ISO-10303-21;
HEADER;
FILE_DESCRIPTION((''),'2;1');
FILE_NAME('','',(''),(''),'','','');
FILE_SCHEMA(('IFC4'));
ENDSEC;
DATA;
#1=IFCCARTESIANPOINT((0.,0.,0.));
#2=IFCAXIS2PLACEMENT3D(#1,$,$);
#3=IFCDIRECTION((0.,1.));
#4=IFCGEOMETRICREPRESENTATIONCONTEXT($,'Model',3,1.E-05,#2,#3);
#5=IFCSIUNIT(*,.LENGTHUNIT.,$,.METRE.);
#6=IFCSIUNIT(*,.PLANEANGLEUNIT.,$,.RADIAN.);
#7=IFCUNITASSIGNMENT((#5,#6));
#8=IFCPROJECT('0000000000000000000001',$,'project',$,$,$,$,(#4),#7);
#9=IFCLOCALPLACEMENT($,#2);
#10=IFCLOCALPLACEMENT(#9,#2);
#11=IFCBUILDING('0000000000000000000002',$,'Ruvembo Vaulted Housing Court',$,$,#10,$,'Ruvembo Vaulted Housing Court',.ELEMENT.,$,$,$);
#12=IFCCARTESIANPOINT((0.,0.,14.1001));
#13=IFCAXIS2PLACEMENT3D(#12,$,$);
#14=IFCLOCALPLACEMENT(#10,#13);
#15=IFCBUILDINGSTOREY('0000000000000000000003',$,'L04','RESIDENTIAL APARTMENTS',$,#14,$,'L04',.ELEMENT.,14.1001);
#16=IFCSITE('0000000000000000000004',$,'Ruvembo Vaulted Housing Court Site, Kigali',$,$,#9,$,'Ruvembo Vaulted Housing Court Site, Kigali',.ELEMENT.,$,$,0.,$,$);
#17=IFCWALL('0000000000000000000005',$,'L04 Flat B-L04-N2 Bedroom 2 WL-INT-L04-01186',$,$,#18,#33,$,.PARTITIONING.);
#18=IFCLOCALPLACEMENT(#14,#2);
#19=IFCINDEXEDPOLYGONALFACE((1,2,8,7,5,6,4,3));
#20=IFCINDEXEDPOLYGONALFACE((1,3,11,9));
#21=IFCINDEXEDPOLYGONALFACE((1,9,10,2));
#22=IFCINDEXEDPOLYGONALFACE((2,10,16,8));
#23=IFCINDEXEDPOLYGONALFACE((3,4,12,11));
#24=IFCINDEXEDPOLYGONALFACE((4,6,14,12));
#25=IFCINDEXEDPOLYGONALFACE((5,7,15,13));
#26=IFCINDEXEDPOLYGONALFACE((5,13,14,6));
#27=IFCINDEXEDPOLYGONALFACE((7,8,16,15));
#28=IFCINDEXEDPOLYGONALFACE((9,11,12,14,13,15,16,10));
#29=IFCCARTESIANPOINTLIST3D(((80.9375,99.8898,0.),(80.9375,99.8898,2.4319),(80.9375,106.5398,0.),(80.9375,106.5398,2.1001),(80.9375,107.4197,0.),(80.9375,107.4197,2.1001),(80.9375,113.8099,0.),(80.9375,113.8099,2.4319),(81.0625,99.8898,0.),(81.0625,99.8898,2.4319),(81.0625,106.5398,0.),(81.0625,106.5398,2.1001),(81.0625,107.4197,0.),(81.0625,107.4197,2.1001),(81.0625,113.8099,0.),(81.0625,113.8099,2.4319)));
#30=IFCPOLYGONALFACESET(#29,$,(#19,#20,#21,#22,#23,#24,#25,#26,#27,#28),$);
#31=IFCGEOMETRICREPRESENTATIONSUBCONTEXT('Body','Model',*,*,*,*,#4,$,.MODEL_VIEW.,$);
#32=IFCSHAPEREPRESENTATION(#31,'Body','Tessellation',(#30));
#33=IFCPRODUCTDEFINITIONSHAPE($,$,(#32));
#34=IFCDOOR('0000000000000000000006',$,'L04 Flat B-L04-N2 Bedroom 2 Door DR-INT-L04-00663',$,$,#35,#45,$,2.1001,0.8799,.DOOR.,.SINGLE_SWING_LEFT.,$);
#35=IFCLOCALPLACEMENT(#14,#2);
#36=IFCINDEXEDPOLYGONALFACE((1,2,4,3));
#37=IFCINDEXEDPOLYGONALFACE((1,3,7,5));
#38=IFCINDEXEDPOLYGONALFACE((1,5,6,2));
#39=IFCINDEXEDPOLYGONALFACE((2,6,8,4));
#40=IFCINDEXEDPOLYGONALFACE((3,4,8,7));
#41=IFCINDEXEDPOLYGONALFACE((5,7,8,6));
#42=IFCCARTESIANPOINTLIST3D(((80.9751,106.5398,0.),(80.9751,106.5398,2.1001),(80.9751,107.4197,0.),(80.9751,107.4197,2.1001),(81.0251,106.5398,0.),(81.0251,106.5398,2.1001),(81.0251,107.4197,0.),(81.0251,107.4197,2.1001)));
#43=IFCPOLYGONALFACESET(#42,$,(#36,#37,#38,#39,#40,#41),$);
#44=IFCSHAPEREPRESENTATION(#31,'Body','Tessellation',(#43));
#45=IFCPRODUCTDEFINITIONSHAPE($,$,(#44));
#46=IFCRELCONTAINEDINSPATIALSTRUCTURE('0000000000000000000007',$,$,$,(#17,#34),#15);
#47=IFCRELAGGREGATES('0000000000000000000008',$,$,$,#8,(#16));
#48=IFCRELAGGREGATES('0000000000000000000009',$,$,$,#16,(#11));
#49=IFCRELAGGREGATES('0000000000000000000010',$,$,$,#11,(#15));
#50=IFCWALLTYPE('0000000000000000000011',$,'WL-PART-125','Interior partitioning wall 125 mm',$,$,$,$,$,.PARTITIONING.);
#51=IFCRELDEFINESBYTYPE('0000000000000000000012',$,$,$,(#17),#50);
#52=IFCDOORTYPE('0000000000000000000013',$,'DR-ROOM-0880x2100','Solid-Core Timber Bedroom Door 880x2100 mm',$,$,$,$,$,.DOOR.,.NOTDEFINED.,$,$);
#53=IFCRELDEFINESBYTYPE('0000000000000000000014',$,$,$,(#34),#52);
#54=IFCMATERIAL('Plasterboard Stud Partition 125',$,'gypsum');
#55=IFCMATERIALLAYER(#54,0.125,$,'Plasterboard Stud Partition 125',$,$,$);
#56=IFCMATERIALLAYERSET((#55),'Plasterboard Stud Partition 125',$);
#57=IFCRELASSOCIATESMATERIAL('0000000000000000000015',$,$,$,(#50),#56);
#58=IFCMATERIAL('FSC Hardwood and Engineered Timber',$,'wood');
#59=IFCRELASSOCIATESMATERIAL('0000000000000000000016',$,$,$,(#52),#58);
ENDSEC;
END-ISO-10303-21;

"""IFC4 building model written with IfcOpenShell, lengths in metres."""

from ifc_helpers import new_model, si_unit, direction, frame, frame_2d, origin, place, context, subcontext, project, spatial, rectangle, extrude, material, layer, layer_set, type_object, element, fill, save


model = new_model("IFC4")

# Units and contexts
model_context = context("Model", 3, precision=1e-05, world=origin(), true_north=direction((0.0, 1.0)))
body_context = subcontext(model_context, "Body", "Model", "MODEL_VIEW")
ifc_project = project(units=[si_unit("LENGTHUNIT", "METRE"), si_unit("PLANEANGLEUNIT", "RADIAN")], contexts=[model_context])

# Site, building, storey
site_placement = place(None, origin())
site = spatial("IfcSite", under=ifc_project, at=site_placement, Name="Ruvembo Vaulted Housing Court Site, Kigali", LongName="Ruvembo Vaulted Housing Court Site, Kigali", CompositionType="ELEMENT", RefElevation=0.0)
building_placement = place(site_placement, origin())
building = spatial("IfcBuilding", under=site, at=building_placement, Name="Ruvembo Vaulted Housing Court", LongName="Ruvembo Vaulted Housing Court", CompositionType="ELEMENT")
storey_placement = place(building_placement, frame((0.0, 0.0, 14.1001)))
storey = spatial("IfcBuildingStorey", under=building, at=storey_placement, Name="L04", Description="RESIDENTIAL APARTMENTS", LongName="L04", CompositionType="ELEMENT", Elevation=14.1001)

# Wall, opening, door
ifc_material_1 = material(Name="Plasterboard Stud Partition 125", Category="gypsum")
ifc_layer_1 = layer(ifc_material_1, 0.125, Name="Plasterboard Stud Partition 125")
ifc_layer_set_1 = layer_set([ifc_layer_1], Name="Plasterboard Stud Partition 125")
wall_type_1 = type_object("IfcWallType", Name="WL-PART-125", Description="Interior partitioning wall 125 mm", PredefinedType="PARTITIONING", material=ifc_layer_set_1)
wall_1_placement = place(storey_placement, frame((81.0, 99.8899, 0.0), z_axis=(0.0, 0.0, 1.0), x_axis=(0.0, 1.0, 0.0)))
wall_1 = element("IfcWall", 1, at=wall_1_placement, inside=storey, type_object=wall_type_1, Name="L04 Flat B-L04-N2 Bedroom 2 WL-INT-L04-01186", PredefinedType="PARTITIONING", context=body_context, shape_type="SweptSolid", body=[
    extrude(rectangle(XDim=13.9202, YDim=0.125, at=frame_2d((6.96, 0.0))), origin(), (0.0, 0.0, 1.0), 2.4319),
])
opening_1_placement = place(wall_1_placement, frame((6.6499, 0.0, 0.0)))
opening_1 = element("IfcOpeningElement", 2, at=opening_1_placement, cuts=wall_1, PredefinedType="OPENING", context=body_context, shape_type="SweptSolid", body=[
    extrude(rectangle(XDim=0.8799, YDim=2.1001, at=frame_2d((0.4399, 1.05))), frame((0.0, 0.0725, 0.0), z_axis=(0.0, -1.0, 0.0), x_axis=(1.0, 0.0, 0.0)), (0.0, 0.0, 1.0), 0.145),
])
ifc_material_2 = material(Name="FSC Hardwood and Engineered Timber", Category="wood")
door_type = type_object("IfcDoorType", Name="DR-ROOM-0880x2100", Description="Solid-Core Timber Bedroom Door 880x2100 mm", OperationType="NOTDEFINED", PredefinedType="DOOR", material=ifc_material_2)
door_placement = place(opening_1_placement, origin())
door = element("IfcDoor", 3, at=door_placement, inside=storey, type_object=door_type, Name="L04 Flat B-L04-N2 Bedroom 2 Door DR-INT-L04-00663", OperationType="SINGLE_SWING_LEFT", OverallHeight=2.1001, OverallWidth=0.8799, PredefinedType="DOOR", context=body_context, shape_type="SweptSolid", body=[
    extrude(rectangle(XDim=0.8799, YDim=2.1001, at=frame_2d((0.4399, 1.05))), frame((0.0, 0.0249, 0.0), z_axis=(0.0, -1.0, 0.0), x_axis=(1.0, 0.0, 0.0)), (0.0, 0.0, 1.0), 0.05),
])
fill(opening_1, door)

save(model, "model.ifc")
